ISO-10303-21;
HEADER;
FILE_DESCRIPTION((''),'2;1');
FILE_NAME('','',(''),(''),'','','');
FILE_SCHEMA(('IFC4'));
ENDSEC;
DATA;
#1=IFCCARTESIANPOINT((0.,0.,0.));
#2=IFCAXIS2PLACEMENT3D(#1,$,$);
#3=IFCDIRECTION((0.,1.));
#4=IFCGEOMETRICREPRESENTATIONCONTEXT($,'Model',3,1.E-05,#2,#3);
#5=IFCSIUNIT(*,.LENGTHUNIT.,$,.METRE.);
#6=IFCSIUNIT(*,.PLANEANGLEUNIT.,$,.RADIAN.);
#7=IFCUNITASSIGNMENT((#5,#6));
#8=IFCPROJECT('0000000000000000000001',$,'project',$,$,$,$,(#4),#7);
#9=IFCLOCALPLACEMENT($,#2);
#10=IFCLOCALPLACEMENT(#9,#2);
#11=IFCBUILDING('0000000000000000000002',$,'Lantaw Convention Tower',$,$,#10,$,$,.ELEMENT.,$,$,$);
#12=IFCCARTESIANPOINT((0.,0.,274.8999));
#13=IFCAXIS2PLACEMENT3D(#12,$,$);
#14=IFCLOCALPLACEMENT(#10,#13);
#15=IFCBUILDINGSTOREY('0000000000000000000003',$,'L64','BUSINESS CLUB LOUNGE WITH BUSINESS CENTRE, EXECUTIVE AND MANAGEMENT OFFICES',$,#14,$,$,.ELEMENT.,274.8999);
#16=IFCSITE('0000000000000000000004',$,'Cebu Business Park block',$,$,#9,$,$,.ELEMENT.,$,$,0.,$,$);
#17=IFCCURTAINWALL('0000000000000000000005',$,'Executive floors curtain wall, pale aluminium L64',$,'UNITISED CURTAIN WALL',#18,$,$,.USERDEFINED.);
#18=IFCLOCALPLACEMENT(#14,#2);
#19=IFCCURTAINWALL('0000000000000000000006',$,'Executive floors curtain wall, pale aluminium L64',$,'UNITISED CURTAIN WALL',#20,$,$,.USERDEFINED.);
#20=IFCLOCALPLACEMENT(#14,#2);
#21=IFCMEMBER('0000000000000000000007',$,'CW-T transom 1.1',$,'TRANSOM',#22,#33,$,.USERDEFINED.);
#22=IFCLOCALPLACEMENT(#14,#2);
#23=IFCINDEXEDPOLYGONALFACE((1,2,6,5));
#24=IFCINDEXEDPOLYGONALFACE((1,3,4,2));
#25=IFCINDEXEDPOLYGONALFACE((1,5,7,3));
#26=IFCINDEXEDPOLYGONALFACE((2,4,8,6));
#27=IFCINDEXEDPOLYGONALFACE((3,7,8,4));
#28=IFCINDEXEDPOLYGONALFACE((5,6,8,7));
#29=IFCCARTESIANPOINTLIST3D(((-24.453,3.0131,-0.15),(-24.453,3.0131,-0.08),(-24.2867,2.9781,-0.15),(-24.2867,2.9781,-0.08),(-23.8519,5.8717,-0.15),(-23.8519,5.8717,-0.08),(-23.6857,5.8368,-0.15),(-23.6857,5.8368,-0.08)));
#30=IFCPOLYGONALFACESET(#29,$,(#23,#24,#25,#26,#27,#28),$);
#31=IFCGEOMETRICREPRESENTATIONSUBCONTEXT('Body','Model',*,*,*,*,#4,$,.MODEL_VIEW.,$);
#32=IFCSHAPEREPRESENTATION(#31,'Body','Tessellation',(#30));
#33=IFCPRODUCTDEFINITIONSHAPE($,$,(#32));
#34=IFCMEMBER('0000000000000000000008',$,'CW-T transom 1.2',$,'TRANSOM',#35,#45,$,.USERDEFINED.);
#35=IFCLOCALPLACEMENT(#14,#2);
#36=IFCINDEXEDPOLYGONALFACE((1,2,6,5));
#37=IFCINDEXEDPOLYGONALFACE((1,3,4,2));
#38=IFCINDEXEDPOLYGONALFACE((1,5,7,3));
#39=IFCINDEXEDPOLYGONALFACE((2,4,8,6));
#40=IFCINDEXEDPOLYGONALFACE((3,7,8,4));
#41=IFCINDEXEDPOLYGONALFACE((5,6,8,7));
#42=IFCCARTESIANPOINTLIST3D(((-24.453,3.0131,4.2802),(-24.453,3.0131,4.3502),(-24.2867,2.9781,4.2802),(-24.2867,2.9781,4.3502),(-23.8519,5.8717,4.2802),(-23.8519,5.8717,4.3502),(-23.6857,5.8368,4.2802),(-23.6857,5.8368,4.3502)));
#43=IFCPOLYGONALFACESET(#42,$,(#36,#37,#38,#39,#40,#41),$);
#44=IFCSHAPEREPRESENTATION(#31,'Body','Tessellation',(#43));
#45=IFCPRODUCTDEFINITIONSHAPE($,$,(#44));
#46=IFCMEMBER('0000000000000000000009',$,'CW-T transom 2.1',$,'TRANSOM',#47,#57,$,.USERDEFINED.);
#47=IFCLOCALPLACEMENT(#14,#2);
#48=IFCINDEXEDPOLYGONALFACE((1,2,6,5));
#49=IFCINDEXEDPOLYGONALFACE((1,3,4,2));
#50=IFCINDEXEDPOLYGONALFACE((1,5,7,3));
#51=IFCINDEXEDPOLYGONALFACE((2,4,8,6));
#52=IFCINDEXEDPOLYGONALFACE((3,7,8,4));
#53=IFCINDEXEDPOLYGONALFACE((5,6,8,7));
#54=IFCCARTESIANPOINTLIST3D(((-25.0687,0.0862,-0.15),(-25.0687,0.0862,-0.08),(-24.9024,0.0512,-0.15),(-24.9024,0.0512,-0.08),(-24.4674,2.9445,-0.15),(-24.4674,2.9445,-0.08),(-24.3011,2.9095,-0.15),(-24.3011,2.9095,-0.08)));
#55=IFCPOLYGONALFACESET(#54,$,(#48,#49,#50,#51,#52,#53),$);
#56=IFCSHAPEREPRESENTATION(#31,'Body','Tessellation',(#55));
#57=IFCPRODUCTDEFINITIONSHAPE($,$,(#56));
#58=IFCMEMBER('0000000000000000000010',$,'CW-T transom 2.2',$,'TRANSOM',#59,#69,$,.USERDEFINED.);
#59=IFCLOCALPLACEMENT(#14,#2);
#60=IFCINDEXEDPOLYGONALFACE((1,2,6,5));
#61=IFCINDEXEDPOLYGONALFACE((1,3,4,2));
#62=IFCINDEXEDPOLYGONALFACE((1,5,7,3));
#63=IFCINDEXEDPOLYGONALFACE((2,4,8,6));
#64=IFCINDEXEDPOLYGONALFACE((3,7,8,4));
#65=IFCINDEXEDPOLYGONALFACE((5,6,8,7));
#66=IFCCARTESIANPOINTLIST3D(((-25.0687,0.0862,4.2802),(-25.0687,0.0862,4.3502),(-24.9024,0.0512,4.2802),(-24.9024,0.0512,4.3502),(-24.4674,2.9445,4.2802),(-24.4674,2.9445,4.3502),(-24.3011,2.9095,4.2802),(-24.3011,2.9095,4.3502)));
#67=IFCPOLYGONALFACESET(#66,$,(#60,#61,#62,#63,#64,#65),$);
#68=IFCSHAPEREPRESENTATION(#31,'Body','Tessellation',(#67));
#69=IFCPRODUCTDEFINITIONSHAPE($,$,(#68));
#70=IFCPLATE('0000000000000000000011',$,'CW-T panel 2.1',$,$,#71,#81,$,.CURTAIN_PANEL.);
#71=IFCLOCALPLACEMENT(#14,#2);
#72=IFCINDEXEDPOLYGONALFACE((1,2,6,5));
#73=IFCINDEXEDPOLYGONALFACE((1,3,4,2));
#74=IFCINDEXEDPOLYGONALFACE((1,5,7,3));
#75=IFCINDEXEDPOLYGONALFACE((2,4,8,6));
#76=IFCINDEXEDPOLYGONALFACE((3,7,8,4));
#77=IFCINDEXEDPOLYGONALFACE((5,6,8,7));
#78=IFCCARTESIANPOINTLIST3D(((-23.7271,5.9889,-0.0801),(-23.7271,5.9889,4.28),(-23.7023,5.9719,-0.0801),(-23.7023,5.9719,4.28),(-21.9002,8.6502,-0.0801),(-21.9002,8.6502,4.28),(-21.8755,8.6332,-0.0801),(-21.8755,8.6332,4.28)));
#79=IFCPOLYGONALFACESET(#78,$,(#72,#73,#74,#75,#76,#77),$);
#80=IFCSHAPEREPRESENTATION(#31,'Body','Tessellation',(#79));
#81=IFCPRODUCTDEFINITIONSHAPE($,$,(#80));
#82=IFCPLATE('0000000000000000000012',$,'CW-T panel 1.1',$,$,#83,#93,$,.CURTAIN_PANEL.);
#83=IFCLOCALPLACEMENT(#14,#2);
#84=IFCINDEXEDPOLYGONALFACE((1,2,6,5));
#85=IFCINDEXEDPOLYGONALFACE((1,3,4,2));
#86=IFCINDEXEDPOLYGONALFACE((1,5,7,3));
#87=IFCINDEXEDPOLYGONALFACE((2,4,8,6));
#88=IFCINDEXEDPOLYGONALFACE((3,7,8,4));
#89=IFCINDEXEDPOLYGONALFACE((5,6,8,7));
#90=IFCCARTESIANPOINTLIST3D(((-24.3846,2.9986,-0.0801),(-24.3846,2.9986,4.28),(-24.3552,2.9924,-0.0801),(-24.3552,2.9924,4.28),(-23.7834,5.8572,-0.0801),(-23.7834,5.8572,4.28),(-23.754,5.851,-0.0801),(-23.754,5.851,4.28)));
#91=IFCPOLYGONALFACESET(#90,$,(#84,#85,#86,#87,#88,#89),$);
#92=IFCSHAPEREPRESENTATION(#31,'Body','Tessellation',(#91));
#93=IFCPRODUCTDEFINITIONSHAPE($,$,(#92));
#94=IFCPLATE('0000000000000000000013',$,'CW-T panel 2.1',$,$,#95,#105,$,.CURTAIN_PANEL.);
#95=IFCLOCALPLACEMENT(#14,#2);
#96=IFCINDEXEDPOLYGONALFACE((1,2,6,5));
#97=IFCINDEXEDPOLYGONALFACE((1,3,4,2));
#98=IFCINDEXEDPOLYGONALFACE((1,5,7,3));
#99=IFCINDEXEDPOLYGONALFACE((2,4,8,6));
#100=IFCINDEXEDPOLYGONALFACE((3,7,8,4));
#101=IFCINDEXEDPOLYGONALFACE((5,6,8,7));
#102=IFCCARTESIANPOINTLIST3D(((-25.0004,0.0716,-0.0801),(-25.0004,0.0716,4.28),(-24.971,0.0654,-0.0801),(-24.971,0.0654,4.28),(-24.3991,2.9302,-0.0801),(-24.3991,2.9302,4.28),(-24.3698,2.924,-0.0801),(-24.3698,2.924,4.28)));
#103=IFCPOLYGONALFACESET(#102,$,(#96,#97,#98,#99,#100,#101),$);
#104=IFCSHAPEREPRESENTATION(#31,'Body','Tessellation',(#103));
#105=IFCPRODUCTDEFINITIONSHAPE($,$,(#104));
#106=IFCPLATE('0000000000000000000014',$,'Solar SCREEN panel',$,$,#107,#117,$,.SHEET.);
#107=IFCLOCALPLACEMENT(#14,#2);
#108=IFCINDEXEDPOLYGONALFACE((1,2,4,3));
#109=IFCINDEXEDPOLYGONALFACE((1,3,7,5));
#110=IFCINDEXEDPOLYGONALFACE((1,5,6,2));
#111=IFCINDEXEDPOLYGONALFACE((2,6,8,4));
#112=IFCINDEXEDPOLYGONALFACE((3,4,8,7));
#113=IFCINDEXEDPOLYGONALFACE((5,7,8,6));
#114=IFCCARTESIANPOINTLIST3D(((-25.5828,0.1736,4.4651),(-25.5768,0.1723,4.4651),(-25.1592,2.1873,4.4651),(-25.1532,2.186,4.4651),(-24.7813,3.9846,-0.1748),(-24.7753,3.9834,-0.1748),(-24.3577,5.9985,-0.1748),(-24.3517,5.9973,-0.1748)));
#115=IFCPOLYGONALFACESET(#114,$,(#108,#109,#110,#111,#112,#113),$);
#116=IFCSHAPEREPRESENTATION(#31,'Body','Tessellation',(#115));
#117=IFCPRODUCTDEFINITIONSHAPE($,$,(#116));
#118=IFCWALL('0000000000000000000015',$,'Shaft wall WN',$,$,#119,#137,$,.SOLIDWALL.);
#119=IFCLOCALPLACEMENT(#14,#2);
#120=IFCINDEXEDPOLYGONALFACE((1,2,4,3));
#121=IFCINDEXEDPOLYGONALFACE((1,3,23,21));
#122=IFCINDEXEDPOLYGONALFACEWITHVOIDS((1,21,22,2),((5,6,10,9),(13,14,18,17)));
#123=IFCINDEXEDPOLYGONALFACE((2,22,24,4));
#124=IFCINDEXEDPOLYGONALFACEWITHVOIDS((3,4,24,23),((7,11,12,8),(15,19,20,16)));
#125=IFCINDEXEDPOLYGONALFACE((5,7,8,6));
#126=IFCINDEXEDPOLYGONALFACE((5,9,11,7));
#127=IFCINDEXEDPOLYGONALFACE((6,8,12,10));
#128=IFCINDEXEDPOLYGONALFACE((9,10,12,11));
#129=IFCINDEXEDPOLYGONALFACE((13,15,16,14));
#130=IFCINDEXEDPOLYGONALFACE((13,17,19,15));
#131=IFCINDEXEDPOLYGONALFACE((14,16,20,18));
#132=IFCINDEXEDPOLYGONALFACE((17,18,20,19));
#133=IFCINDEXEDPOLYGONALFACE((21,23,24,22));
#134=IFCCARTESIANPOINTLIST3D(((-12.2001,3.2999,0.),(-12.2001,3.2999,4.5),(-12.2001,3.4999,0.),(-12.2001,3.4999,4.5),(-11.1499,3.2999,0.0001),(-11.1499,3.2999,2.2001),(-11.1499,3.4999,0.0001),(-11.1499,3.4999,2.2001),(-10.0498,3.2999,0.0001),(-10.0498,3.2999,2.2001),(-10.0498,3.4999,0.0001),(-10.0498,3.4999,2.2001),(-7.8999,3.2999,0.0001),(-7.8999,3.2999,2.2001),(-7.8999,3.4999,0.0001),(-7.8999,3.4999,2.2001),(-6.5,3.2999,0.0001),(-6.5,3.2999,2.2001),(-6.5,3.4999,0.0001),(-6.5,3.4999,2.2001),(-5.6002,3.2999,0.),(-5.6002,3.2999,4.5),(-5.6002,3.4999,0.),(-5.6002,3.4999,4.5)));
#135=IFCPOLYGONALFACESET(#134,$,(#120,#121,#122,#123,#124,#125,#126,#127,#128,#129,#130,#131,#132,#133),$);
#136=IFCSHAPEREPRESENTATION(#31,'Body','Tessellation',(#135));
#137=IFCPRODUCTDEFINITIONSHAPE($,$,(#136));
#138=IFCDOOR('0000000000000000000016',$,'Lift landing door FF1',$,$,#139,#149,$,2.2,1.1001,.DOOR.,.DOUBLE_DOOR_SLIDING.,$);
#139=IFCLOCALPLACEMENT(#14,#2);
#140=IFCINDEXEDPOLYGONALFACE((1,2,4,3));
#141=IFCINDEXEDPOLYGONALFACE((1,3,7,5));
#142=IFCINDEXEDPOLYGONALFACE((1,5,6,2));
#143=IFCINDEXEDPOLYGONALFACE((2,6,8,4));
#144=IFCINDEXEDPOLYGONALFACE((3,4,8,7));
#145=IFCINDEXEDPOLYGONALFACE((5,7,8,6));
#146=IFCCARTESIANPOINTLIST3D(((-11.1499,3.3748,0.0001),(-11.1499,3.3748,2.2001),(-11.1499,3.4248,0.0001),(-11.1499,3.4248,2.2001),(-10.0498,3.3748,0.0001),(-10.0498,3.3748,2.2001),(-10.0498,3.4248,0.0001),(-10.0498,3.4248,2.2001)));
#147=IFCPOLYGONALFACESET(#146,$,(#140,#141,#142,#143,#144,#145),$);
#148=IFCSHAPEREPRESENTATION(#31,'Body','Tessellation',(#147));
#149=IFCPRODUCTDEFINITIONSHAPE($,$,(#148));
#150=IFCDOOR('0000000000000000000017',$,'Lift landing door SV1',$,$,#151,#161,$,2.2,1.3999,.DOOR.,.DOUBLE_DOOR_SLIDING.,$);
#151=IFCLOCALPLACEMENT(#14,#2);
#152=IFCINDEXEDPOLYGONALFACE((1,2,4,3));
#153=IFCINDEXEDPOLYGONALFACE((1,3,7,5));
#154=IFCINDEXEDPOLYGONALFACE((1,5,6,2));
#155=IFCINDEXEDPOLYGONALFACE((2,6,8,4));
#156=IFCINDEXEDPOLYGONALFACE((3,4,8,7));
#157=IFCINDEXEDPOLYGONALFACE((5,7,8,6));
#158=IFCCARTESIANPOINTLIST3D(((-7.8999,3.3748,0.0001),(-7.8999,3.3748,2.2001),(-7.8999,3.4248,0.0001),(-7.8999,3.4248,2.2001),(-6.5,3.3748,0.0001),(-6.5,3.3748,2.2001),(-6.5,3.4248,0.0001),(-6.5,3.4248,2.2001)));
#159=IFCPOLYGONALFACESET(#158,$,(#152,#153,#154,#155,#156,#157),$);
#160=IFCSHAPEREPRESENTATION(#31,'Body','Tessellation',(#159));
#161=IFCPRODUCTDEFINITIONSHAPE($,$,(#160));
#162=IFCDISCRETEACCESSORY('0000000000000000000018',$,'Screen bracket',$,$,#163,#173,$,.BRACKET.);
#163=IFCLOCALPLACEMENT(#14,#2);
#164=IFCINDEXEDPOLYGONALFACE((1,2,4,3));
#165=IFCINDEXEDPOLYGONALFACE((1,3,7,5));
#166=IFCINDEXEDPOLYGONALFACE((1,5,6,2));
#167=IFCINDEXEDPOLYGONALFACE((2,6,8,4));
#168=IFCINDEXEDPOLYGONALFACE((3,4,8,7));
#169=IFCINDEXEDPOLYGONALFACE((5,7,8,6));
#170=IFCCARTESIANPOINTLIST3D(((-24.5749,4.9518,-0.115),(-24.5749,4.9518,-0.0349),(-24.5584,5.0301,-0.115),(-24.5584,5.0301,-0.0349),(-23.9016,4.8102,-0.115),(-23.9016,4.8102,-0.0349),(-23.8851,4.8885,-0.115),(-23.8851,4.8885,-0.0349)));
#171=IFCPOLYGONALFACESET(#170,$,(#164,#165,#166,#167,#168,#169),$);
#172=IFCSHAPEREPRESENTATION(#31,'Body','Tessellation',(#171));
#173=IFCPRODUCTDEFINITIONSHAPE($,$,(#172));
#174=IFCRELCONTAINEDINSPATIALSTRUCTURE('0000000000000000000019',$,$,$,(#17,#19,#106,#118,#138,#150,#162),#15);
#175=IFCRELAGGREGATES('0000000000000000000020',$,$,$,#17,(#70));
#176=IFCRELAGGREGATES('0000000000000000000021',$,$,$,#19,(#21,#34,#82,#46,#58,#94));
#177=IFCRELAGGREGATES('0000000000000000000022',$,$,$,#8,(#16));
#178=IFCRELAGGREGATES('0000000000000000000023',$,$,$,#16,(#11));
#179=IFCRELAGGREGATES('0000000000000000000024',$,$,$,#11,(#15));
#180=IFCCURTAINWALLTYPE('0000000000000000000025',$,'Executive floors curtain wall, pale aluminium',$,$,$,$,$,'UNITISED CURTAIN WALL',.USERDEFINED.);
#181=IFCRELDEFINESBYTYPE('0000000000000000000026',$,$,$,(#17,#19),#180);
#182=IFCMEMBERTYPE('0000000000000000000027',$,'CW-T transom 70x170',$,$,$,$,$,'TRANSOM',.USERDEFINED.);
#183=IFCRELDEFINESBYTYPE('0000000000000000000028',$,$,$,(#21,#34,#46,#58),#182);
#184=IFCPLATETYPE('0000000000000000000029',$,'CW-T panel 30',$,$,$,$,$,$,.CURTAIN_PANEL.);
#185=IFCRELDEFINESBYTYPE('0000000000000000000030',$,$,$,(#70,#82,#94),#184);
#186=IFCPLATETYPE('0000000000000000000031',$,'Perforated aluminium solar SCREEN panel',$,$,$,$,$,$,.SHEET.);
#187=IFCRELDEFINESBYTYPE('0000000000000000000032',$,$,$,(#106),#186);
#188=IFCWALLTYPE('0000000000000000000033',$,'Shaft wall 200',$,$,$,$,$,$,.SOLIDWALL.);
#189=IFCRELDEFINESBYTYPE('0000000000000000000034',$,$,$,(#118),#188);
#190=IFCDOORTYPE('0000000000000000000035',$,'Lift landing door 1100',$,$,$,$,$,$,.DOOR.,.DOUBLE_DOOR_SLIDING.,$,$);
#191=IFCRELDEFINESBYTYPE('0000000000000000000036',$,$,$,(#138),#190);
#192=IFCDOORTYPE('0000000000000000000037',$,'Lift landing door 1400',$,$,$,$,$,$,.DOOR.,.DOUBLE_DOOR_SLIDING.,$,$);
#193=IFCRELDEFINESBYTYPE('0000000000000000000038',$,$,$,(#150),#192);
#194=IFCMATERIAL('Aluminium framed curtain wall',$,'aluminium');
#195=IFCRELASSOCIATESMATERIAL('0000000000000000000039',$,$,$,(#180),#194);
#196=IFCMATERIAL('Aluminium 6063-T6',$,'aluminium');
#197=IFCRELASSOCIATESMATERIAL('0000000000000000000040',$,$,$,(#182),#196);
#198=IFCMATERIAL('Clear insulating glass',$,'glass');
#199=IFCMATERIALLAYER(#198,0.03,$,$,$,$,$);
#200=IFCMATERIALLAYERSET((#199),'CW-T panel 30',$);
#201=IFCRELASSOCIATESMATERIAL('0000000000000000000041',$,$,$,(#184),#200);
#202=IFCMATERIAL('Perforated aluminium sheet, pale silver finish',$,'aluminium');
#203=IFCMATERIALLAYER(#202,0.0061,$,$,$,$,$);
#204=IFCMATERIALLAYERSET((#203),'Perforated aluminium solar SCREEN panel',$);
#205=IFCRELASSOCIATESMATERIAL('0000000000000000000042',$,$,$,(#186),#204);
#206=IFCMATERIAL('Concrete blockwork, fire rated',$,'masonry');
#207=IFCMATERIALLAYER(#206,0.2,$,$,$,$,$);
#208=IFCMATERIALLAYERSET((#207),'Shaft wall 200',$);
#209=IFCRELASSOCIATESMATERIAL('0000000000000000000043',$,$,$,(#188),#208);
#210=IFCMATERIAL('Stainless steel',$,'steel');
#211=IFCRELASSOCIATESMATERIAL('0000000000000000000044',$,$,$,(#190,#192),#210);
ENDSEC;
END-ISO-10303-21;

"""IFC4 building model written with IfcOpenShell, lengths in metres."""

from ifc_helpers import new_model, si_unit, direction, frame, frame_2d, origin, origin_2d, place, context, subcontext, project, spatial, polyline, rectangle, outline, extrude, material, layer, layer_set, material_profile, profile_set, type_object, element, fill, aggregate, save


model = new_model("IFC4")

# Units and contexts
model_context = context("Model", 3, precision=1e-05, world=origin(), true_north=direction((0.0, 1.0)))
body_context = subcontext(model_context, "Body", "Model", "MODEL_VIEW")
ifc_project = project(units=[si_unit("LENGTHUNIT", "METRE"), si_unit("PLANEANGLEUNIT", "RADIAN")], contexts=[model_context])

# Site, building, storey
site_placement = place(None, origin())
site = spatial("IfcSite", under=ifc_project, at=site_placement, Name="Cebu Business Park block", CompositionType="ELEMENT", RefElevation=0.0)
building_placement = place(site_placement, origin())
building = spatial("IfcBuilding", under=site, at=building_placement, Name="Lantaw Convention Tower", CompositionType="ELEMENT")
storey_placement = place(building_placement, frame((0.0, 0.0, 274.8999)))
storey = spatial("IfcBuildingStorey", under=building, at=storey_placement, Name="L64", Description="BUSINESS CLUB LOUNGE WITH BUSINESS CENTRE, EXECUTIVE AND MANAGEMENT OFFICES", CompositionType="ELEMENT", Elevation=274.8999)

# Curtain walls
ifc_material_1 = material(Name="Aluminium framed curtain wall", Category="aluminium")
curtain_wall_type = type_object("IfcCurtainWallType", Name="Executive floors curtain wall, pale aluminium", ElementType="UNITISED CURTAIN WALL", PredefinedType="USERDEFINED", material=ifc_material_1)
curtain_wall_1_placement = place(storey_placement, origin())
curtain_wall_1 = element("IfcCurtainWall", 1, at=curtain_wall_1_placement, inside=storey, type_object=curtain_wall_type, Name="Executive floors curtain wall, pale aluminium L64", ObjectType="UNITISED CURTAIN WALL", PredefinedType="USERDEFINED")
ifc_material_2 = material(Name="Aluminium 6063-T6", Category="aluminium")
curtain_wall_2_placement = place(storey_placement, origin())
curtain_wall_2 = element("IfcCurtainWall", 2, at=curtain_wall_2_placement, inside=storey, type_object=curtain_wall_type, Name="Executive floors curtain wall, pale aluminium L64", ObjectType="UNITISED CURTAIN WALL", PredefinedType="USERDEFINED")

# Members
ifc_material_profile_1 = material_profile(ifc_material_2, rectangle(XDim=0.1699, YDim=0.0701, at=origin_2d()), Name="CW-T transom 70x170")
ifc_profile_set_1 = profile_set([ifc_material_profile_1], Name="Aluminium 6063-T6")
member_type_1 = type_object("IfcMemberType", Name="CW-T transom 70x170", ElementType="TRANSOM", PredefinedType="USERDEFINED", material=ifc_profile_set_1)
member_1_placement = place(storey_placement, frame((-23.7688, 5.8542, -0.115), z_axis=(-0.205766, -0.978601, 0.0), x_axis=(0.978601, -0.205766, 0.0)))
member_1 = element("IfcMember", 3, at=member_1_placement, type_object=member_type_1, Name="CW-T transom 1.1", ObjectType="TRANSOM", PredefinedType="USERDEFINED", context=body_context, shape_type="SweptSolid", body=[
    extrude(rectangle(XDim=0.1699, YDim=0.0701, at=origin_2d()), origin(), (0.0, 0.0, 1.0), 2.9211),
])
member_2_placement = place(storey_placement, frame((-23.7688, 5.8542, 4.3152), z_axis=(-0.205766, -0.978601, 0.0), x_axis=(0.978601, -0.205766, 0.0)))
member_2 = element("IfcMember", 4, at=member_2_placement, type_object=member_type_1, Name="CW-T transom 1.2", ObjectType="TRANSOM", PredefinedType="USERDEFINED", context=body_context, shape_type="SweptSolid", body=[
    extrude(rectangle(XDim=0.1699, YDim=0.0701, at=origin_2d()), origin(), (0.0, 0.0, 1.0), 2.9211),
])
member_3_placement = place(storey_placement, frame((-24.3843, 2.927, -0.115), z_axis=(-0.205863, -0.978581, 0.0), x_axis=(0.978581, -0.205863, 0.0)))
member_3 = element("IfcMember", 5, at=member_3_placement, type_object=member_type_1, Name="CW-T transom 2.1", ObjectType="TRANSOM", PredefinedType="USERDEFINED", context=body_context, shape_type="SweptSolid", body=[
    extrude(rectangle(XDim=0.1699, YDim=0.0701, at=origin_2d()), origin(), (0.0, 0.0, 1.0), 2.9209),
])
member_4_placement = place(storey_placement, frame((-24.3843, 2.927, 4.3152), z_axis=(-0.205863, -0.978581, 0.0), x_axis=(0.978581, -0.205863, 0.0)))
member_4 = element("IfcMember", 6, at=member_4_placement, type_object=member_type_1, Name="CW-T transom 2.2", ObjectType="TRANSOM", PredefinedType="USERDEFINED", context=body_context, shape_type="SweptSolid", body=[
    extrude(rectangle(XDim=0.1699, YDim=0.0701, at=origin_2d()), origin(), (0.0, 0.0, 1.0), 2.9209),
])

# Plates
ifc_material_3 = material(Name="Clear insulating glass", Category="glass")
ifc_layer_1 = layer(ifc_material_3, 0.03)
ifc_layer_set_1 = layer_set([ifc_layer_1], Name="CW-T panel 30")
plate_type_1 = type_object("IfcPlateType", Name="CW-T panel 30", PredefinedType="CURTAIN_PANEL", material=ifc_layer_set_1)
plate_1_placement = place(storey_placement, frame((-22.8013, 7.311, -0.0801), z_axis=(0.0, 0.0, 1.0), x_axis=(-0.565935, -0.82445, 0.0)))
plate_1 = element("IfcPlate", 7, at=plate_1_placement, type_object=plate_type_1, Name="CW-T panel 2.1", PredefinedType="CURTAIN_PANEL", context=body_context, shape_type="SweptSolid", body=[
    extrude(rectangle(XDim=3.228, YDim=0.03, at=origin_2d()), origin(), (0.0, 0.0, 1.0), 4.3601),
])
aggregate(curtain_wall_1, [plate_1])
plate_2_placement = place(storey_placement, frame((-24.0693, 4.4248, -0.0801), z_axis=(0.0, 0.0, 1.0), x_axis=(-0.205814, -0.978591, 0.0)))
plate_2 = element("IfcPlate", 8, at=plate_2_placement, type_object=plate_type_1, Name="CW-T panel 1.1", PredefinedType="CURTAIN_PANEL", context=body_context, shape_type="SweptSolid", body=[
    extrude(rectangle(XDim=2.9211, YDim=0.03, at=origin_2d()), origin(), (0.0, 0.0, 1.0), 4.3601),
])
plate_3_placement = place(storey_placement, frame((-24.6851, 1.4978, -0.0801), z_axis=(0.0, 0.0, 1.0), x_axis=(-0.205814, -0.978591, 0.0)))
plate_3 = element("IfcPlate", 9, at=plate_3_placement, type_object=plate_type_1, Name="CW-T panel 2.1", PredefinedType="CURTAIN_PANEL", context=body_context, shape_type="SweptSolid", body=[
    extrude(rectangle(XDim=2.9211, YDim=0.03, at=origin_2d()), origin(), (0.0, 0.0, 1.0), 4.3601),
])
aggregate(curtain_wall_2, [member_1, member_2, plate_2, member_3, member_4, plate_3])
ifc_material_4 = material(Name="Perforated aluminium sheet, pale silver finish", Category="aluminium")
ifc_layer_2 = layer(ifc_material_4, 0.0061)
ifc_layer_set_2 = layer_set([ifc_layer_2], Name="Perforated aluminium solar SCREEN panel")
plate_type_2 = type_object("IfcPlateType", Name="Perforated aluminium solar SCREEN panel", PredefinedType="SHEET", material=ifc_layer_set_2)
plate_4_placement = place(storey_placement, frame((-24.3577, 5.9985, -0.1748), z_axis=(-0.978586, 0.205837, 0.000027), x_axis=(-0.205837, -0.978586, 0.0)))
element("IfcPlate", 10, at=plate_4_placement, inside=storey, type_object=plate_type_2, Name="Solar SCREEN panel", PredefinedType="SHEET", context=body_context, shape_type="SweptSolid", body=[
    extrude(outline(polyline([(0.0, 0.0), (2.058, 0.0), (5.9524, 4.6399), (3.8946, 4.6399), (0.0, 0.0)])), origin(), (0.0, 0.0, -1.0), 0.0061),
])

# Wall, openings, doors
ifc_material_5 = material(Name="Concrete blockwork, fire rated", Category="masonry")
ifc_layer_3 = layer(ifc_material_5, 0.2)
ifc_layer_set_3 = layer_set([ifc_layer_3], Name="Shaft wall 200")
wall_type = type_object("IfcWallType", Name="Shaft wall 200", PredefinedType="SOLIDWALL", material=ifc_layer_set_3)
wall_placement = place(storey_placement, frame((-12.2, 3.3999, 0.0), z_axis=(0.0, 0.0, 1.0), x_axis=(1.0, 0.0, 0.0)))
wall = element("IfcWall", 11, at=wall_placement, inside=storey, type_object=wall_type, Name="Shaft wall WN", PredefinedType="SOLIDWALL", context=body_context, shape_type="SweptSolid", body=[
    extrude(rectangle(XDim=6.5999, YDim=0.2, at=frame_2d((3.2998, 0.0))), origin(), (0.0, 0.0, 1.0), 4.5),
])
opening_1_placement = place(wall_placement, frame((1.05, 0.0, 0.0)))
opening_1 = element("IfcOpeningElement", 12, at=opening_1_placement, cuts=wall, PredefinedType="OPENING", context=body_context, shape_type="SweptSolid", body=[
    extrude(rectangle(XDim=1.1001, YDim=2.2, at=frame_2d((0.55, 1.1001))), frame((0.0, 0.1099, 0.0), z_axis=(0.0, -1.0, 0.0), x_axis=(1.0, 0.0, 0.0)), (0.0, 0.0, 1.0), 0.22),
])
opening_2_placement = place(wall_placement, frame((4.3, 0.0, 0.0)))
opening_2 = element("IfcOpeningElement", 13, at=opening_2_placement, cuts=wall, PredefinedType="OPENING", context=body_context, shape_type="SweptSolid", body=[
    extrude(rectangle(XDim=1.3999, YDim=2.2, at=frame_2d((0.7, 1.1001))), frame((0.0, 0.1099, 0.0), z_axis=(0.0, -1.0, 0.0), x_axis=(1.0, 0.0, 0.0)), (0.0, 0.0, 1.0), 0.22),
])
ifc_material_6 = material(Name="Stainless steel", Category="steel")
door_type_1 = type_object("IfcDoorType", Name="Lift landing door 1100", OperationType="DOUBLE_DOOR_SLIDING", PredefinedType="DOOR", material=ifc_material_6)
door_1_placement = place(opening_1_placement, origin())
door_1 = element("IfcDoor", 14, at=door_1_placement, inside=storey, type_object=door_type_1, Name="Lift landing door FF1", OperationType="DOUBLE_DOOR_SLIDING", OverallHeight=2.2, OverallWidth=1.1001, PredefinedType="DOOR", context=body_context, shape_type="SweptSolid", body=[
    extrude(rectangle(XDim=1.1001, YDim=2.2, at=frame_2d((0.55, 1.1001))), frame((0.0, 0.0249, 0.0), z_axis=(0.0, -1.0, 0.0), x_axis=(1.0, 0.0, 0.0)), (0.0, 0.0, 1.0), 0.05),
])
fill(opening_1, door_1)
door_type_2 = type_object("IfcDoorType", Name="Lift landing door 1400", OperationType="DOUBLE_DOOR_SLIDING", PredefinedType="DOOR", material=ifc_material_6)
door_2_placement = place(opening_2_placement, origin())
door_2 = element("IfcDoor", 15, at=door_2_placement, inside=storey, type_object=door_type_2, Name="Lift landing door SV1", OperationType="DOUBLE_DOOR_SLIDING", OverallHeight=2.2, OverallWidth=1.3999, PredefinedType="DOOR", context=body_context, shape_type="SweptSolid", body=[
    extrude(rectangle(XDim=1.3999, YDim=2.2, at=frame_2d((0.7, 1.1001))), frame((0.0, 0.0249, 0.0), z_axis=(0.0, -1.0, 0.0), x_axis=(1.0, 0.0, 0.0)), (0.0, 0.0, 1.0), 0.05),
])
fill(opening_2, door_2)

# Discrete accessory
discrete_accessory_placement = place(storey_placement, frame((-24.23, 4.9202, -0.115), z_axis=(0.0, 0.0, 1.0), x_axis=(-0.205814, -0.978591, 0.0)))
element("IfcDiscreteAccessory", 16, at=discrete_accessory_placement, inside=storey, Name="Screen bracket", PredefinedType="BRACKET", context=body_context, shape_type="SweptSolid", body=[
    extrude(rectangle(XDim=0.0801, YDim=0.688, at=origin_2d()), origin(), (0.0, 0.0, 1.0), 0.0801),
])

save(model, "model.ifc")
